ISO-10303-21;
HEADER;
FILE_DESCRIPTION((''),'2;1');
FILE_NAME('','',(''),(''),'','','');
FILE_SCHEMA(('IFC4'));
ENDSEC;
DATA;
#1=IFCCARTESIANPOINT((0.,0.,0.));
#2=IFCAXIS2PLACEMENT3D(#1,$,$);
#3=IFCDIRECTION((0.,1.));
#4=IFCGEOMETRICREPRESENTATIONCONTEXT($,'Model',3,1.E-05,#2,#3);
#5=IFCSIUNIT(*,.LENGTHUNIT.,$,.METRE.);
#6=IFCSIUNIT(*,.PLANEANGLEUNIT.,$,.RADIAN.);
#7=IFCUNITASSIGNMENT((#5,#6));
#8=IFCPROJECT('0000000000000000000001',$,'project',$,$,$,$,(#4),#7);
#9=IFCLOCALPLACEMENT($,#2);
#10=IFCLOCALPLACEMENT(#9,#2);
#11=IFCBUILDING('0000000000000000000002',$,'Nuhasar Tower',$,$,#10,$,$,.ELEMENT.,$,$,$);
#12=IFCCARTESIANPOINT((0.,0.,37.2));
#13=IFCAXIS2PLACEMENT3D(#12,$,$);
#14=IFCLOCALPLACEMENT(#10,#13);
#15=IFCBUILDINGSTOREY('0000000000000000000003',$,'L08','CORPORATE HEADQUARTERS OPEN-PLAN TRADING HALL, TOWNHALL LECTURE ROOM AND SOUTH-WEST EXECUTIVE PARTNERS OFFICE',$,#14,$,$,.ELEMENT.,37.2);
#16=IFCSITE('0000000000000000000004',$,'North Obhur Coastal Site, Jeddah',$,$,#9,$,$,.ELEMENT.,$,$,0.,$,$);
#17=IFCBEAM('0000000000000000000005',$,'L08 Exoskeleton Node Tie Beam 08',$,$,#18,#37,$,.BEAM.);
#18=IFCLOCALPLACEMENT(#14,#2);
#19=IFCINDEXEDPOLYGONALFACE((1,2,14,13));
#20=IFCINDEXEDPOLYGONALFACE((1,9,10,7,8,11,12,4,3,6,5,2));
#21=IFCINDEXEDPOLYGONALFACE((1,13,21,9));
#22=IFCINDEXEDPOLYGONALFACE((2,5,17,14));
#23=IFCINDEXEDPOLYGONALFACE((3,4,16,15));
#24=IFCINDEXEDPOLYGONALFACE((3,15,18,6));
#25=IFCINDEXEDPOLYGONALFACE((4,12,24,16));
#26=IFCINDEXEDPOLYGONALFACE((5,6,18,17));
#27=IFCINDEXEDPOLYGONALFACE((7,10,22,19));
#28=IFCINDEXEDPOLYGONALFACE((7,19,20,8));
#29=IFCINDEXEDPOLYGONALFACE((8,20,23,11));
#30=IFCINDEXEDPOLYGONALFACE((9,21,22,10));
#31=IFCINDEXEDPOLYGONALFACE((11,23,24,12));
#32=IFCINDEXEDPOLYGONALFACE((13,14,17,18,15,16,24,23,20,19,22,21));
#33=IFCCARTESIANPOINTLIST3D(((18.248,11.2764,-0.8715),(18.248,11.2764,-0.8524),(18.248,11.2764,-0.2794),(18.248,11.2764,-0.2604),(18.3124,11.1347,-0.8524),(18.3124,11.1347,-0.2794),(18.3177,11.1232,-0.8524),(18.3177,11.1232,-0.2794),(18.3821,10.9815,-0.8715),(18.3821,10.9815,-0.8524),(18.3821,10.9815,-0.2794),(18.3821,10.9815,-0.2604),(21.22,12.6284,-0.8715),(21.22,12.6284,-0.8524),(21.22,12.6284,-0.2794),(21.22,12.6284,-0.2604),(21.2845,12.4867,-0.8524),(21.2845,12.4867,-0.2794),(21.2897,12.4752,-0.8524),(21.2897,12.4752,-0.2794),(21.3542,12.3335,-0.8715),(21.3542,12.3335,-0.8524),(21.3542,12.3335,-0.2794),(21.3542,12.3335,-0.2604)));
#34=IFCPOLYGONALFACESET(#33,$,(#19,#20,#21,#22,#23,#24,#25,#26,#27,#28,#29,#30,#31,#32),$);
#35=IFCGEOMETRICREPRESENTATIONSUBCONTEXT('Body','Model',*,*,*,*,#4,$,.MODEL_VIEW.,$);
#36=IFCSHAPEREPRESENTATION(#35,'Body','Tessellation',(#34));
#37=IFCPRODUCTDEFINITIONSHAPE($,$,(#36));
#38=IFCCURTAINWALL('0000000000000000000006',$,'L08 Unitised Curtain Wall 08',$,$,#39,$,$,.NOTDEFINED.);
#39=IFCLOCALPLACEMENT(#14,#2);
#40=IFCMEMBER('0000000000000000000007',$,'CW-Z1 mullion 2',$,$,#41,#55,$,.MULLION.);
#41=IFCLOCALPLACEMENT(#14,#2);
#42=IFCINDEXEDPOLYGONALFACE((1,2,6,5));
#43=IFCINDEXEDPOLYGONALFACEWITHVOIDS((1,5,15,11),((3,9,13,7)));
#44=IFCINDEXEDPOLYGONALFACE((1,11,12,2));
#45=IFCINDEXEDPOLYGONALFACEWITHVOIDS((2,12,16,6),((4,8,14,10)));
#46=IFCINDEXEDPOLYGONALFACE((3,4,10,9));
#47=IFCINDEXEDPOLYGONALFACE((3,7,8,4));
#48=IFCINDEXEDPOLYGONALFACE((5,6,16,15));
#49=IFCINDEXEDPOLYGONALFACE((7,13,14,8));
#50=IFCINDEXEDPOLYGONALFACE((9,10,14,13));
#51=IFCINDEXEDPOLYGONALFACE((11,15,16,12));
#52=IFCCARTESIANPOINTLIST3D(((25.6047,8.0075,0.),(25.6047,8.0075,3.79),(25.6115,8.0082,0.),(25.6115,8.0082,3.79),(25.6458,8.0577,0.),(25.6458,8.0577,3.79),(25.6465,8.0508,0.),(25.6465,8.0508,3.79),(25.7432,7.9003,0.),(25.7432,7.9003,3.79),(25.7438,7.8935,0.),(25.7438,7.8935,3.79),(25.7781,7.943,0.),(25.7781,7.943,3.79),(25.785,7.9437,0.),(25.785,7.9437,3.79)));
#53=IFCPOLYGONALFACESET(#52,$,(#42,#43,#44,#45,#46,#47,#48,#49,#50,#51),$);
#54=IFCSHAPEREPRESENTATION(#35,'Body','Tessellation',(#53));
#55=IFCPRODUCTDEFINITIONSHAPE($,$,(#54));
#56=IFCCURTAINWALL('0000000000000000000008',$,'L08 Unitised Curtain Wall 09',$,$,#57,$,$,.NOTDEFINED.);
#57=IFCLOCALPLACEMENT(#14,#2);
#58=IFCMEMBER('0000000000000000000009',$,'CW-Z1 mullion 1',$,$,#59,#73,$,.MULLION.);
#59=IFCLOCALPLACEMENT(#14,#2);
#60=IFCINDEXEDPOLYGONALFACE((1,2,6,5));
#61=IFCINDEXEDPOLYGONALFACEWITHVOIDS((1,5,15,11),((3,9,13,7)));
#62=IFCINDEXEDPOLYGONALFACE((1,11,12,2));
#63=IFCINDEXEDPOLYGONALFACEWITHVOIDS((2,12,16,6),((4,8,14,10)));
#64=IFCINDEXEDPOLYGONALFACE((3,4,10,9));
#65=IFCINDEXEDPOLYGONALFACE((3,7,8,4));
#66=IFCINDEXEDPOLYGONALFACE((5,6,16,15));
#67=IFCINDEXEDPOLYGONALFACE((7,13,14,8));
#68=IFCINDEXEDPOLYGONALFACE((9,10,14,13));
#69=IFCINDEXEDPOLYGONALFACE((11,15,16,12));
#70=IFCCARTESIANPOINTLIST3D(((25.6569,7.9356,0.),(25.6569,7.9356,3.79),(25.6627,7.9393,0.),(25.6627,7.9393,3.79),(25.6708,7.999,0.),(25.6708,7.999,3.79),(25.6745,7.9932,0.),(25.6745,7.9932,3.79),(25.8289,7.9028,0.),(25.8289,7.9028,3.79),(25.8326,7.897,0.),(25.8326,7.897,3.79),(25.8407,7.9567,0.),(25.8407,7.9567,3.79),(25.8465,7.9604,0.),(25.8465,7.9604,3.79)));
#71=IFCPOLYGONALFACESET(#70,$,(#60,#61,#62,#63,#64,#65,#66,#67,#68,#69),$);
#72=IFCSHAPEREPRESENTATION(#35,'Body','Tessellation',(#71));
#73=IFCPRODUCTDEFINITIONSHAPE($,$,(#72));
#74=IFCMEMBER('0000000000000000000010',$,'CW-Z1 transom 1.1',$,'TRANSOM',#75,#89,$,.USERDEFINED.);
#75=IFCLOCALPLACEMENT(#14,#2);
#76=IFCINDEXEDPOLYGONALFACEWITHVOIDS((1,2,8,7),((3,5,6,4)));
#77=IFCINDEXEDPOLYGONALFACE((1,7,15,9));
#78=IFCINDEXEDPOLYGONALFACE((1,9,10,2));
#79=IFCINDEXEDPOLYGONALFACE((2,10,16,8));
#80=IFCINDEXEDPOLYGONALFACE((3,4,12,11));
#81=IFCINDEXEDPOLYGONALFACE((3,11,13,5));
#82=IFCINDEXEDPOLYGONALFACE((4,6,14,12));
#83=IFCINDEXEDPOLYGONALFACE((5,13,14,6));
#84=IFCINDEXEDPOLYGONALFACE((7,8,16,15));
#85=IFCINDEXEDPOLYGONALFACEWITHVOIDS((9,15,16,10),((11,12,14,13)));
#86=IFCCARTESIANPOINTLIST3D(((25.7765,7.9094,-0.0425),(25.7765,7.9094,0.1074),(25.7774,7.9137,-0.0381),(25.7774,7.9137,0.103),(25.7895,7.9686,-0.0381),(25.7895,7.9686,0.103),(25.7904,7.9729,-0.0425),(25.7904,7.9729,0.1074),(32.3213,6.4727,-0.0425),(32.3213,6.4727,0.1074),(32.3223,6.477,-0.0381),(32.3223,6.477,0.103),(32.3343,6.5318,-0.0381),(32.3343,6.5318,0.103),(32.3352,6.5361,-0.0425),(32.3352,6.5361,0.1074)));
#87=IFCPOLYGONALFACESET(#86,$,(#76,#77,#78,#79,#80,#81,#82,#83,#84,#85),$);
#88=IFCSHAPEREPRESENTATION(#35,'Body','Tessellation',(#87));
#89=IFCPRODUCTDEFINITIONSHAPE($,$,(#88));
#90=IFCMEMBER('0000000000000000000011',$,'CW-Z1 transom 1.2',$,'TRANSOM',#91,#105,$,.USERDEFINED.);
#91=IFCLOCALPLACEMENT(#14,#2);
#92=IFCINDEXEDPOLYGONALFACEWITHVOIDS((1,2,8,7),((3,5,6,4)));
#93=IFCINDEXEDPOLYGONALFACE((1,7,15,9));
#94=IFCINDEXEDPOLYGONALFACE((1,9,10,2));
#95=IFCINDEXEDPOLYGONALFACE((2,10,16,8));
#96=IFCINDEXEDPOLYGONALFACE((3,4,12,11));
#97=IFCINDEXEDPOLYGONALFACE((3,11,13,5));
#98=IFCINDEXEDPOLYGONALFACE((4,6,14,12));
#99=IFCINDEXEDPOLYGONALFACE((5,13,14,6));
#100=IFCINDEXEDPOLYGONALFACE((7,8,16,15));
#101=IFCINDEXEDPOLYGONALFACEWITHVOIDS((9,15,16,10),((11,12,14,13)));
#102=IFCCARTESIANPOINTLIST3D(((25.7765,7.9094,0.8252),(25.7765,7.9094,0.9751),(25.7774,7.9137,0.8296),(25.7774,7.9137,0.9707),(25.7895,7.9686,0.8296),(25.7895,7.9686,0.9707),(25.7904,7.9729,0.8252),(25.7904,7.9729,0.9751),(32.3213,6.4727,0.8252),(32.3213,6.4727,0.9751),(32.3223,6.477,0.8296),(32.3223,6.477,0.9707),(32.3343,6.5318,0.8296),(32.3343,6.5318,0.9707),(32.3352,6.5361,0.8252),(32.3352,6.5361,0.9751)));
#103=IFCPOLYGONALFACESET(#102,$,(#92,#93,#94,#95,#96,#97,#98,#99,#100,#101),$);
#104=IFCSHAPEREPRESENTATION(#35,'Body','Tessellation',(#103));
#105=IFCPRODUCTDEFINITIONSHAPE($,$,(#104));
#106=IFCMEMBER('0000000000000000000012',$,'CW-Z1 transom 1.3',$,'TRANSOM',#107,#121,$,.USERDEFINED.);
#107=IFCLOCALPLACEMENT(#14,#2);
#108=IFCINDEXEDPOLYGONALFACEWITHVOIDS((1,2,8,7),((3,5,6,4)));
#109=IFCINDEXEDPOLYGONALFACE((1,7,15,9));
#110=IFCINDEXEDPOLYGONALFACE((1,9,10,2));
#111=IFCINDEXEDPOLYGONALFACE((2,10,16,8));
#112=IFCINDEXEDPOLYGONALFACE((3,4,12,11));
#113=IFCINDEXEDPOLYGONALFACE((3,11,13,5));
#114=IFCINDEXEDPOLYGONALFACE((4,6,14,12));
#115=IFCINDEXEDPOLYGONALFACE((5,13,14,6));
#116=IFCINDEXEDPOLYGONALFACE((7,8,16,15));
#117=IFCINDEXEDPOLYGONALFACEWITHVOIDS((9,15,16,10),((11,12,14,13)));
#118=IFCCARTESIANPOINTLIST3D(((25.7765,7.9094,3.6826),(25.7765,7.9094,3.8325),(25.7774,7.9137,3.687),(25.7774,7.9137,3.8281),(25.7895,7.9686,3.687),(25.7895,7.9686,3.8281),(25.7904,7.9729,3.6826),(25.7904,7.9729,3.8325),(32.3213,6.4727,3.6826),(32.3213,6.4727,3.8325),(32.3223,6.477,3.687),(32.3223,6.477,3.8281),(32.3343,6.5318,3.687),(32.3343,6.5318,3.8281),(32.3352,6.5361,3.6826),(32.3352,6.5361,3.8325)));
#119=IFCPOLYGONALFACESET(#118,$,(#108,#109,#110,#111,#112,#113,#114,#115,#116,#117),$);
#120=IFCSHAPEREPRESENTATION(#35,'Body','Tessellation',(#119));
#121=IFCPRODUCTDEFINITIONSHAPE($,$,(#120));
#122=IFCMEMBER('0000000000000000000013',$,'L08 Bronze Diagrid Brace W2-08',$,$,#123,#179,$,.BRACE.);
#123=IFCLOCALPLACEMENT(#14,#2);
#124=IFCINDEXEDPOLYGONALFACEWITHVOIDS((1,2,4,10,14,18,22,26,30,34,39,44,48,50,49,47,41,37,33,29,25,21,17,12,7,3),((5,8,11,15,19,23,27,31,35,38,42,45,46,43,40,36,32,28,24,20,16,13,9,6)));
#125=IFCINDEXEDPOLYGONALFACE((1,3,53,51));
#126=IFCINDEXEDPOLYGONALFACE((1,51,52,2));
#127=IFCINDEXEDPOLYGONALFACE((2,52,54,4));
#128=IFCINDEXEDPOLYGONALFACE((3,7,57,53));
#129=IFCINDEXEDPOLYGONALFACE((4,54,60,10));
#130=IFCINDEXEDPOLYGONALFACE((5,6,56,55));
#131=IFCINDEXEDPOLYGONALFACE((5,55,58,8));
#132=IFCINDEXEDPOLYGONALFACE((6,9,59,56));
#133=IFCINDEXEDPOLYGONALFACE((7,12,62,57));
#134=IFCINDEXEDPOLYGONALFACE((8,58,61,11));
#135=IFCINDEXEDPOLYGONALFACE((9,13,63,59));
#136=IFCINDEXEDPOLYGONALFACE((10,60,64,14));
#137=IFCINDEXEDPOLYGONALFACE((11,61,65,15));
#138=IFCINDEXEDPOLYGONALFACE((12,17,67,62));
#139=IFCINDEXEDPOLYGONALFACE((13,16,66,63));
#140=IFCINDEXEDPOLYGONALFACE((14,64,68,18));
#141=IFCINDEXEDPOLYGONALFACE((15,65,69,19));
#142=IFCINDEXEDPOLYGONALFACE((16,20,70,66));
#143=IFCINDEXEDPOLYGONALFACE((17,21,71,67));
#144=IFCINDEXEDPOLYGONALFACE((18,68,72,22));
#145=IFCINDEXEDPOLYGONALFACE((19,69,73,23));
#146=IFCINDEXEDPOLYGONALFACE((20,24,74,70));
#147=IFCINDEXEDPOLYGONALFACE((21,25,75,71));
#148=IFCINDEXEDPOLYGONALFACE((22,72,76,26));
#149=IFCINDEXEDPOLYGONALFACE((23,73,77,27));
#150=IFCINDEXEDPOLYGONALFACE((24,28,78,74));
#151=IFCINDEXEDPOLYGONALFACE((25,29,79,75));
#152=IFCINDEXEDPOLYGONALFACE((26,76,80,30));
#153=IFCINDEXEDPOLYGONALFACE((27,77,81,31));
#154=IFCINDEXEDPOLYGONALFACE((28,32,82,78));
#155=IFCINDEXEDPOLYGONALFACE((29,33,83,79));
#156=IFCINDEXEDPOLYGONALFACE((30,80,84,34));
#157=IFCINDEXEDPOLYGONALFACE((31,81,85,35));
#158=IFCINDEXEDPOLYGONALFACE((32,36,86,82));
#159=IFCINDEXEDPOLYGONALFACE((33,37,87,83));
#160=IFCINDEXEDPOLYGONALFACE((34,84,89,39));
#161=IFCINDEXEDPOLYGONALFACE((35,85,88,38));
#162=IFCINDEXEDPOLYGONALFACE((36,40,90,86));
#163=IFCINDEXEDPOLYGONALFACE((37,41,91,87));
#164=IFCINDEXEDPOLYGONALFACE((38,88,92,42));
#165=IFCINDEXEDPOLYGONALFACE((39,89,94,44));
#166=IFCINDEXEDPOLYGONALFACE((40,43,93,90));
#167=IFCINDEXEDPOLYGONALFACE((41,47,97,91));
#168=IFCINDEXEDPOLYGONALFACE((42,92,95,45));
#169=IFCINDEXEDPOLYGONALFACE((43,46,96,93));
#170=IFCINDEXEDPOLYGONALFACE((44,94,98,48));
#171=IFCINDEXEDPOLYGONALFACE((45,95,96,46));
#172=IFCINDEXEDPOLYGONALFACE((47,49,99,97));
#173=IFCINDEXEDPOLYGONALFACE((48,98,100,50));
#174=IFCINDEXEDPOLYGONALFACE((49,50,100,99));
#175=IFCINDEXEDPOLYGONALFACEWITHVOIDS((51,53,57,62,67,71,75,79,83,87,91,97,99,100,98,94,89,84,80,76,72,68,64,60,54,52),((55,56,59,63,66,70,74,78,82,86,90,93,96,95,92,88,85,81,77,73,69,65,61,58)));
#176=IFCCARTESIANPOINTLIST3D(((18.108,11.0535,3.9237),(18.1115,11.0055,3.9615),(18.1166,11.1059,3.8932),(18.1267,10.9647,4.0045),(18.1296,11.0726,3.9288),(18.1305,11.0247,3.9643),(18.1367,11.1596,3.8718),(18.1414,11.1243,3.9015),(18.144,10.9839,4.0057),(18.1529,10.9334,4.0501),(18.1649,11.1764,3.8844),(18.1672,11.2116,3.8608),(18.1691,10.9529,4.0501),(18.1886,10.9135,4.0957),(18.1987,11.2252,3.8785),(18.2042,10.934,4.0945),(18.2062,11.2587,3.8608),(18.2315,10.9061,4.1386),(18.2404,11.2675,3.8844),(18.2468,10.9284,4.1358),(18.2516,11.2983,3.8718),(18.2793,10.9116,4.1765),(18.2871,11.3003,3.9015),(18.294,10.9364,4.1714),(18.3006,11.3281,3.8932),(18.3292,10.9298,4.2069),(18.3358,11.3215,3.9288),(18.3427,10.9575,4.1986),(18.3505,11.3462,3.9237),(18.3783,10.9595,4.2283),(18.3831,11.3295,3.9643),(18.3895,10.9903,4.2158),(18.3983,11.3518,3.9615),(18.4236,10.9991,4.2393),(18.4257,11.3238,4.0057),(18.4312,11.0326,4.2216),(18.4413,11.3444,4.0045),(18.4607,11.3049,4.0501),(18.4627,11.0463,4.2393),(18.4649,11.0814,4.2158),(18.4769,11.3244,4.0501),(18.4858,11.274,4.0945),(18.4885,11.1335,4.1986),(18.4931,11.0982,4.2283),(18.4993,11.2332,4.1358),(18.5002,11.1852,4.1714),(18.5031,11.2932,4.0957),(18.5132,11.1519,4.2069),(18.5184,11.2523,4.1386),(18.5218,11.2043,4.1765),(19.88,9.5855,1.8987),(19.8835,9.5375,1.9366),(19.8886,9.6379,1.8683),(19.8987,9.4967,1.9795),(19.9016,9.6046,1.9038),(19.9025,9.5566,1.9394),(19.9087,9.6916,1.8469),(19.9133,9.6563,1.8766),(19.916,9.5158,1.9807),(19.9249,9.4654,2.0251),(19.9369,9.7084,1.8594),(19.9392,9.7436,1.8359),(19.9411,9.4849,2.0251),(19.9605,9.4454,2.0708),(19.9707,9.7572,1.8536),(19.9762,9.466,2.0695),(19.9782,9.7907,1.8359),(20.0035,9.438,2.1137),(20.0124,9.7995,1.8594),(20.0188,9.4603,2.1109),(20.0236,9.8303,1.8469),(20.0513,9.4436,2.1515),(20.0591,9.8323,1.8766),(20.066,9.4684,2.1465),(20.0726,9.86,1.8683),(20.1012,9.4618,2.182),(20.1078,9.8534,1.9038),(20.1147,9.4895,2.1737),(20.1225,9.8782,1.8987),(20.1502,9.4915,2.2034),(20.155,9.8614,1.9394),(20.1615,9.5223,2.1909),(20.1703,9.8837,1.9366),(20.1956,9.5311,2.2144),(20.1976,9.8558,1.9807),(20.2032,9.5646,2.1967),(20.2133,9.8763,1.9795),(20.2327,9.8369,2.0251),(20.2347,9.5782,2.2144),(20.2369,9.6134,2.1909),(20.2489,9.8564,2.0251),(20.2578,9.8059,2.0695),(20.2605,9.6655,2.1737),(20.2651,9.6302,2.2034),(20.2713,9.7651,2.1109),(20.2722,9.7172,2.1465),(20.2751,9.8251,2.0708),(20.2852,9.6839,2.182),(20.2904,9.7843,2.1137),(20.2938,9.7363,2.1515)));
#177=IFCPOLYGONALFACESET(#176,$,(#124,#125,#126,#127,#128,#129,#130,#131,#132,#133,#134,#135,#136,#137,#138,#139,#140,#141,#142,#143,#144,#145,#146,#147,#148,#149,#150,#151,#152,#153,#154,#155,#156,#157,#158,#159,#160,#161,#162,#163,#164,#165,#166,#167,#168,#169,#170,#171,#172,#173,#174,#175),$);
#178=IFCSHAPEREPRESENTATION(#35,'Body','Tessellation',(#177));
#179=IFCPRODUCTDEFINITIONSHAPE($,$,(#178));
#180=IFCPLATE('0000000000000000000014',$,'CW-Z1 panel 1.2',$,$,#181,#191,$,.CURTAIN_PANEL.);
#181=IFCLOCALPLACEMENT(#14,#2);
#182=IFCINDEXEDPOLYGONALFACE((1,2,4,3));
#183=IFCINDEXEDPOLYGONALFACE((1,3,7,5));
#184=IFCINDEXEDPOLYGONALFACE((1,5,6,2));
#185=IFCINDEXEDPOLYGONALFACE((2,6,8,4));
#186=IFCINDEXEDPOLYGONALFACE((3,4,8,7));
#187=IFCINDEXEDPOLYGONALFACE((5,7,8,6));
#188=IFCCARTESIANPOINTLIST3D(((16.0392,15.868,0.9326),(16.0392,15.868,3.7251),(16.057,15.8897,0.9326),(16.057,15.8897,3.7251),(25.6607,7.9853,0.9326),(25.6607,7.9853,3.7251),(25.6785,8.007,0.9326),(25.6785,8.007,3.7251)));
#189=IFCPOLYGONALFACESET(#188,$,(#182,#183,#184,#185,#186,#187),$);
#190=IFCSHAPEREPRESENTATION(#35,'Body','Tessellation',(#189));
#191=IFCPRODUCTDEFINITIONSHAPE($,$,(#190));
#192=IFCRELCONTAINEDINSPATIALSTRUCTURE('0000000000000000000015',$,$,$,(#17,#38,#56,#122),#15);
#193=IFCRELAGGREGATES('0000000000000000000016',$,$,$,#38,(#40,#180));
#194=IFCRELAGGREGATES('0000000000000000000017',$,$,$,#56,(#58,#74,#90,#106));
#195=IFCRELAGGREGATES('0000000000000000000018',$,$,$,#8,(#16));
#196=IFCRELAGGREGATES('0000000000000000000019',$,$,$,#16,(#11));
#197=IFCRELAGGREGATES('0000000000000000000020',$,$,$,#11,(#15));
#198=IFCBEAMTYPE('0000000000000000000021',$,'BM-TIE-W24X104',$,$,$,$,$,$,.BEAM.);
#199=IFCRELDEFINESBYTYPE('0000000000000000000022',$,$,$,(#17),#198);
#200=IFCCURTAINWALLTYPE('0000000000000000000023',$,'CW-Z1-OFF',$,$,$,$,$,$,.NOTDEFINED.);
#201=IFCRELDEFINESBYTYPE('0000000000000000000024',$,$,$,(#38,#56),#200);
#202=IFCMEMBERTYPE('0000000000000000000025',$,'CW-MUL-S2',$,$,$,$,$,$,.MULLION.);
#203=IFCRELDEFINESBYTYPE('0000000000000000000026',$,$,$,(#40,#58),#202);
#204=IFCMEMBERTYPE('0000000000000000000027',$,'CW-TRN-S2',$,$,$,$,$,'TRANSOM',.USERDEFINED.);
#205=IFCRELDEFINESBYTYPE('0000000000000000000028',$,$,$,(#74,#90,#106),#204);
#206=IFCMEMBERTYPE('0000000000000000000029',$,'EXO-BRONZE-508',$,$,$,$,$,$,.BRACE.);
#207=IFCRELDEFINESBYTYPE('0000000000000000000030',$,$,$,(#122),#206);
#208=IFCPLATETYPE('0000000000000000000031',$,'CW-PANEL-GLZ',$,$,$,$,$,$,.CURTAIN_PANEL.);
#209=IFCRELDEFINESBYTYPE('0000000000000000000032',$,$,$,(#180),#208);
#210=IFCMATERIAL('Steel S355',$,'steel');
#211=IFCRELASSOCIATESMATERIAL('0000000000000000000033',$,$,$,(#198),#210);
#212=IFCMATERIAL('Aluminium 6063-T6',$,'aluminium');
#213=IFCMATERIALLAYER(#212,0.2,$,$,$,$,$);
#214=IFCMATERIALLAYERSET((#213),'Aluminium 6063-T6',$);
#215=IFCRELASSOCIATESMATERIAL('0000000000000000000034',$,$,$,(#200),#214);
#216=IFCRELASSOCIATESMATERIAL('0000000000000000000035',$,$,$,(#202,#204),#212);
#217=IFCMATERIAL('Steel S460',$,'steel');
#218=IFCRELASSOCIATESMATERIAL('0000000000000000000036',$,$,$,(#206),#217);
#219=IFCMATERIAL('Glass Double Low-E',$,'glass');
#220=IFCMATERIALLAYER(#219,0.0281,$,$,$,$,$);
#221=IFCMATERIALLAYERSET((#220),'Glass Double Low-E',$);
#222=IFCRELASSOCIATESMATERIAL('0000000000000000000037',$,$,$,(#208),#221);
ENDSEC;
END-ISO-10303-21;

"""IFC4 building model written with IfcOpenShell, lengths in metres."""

from ifc_helpers import new_model, si_unit, direction, frame, origin, origin_2d, place, context, subcontext, project, spatial, rectangle, hollow_rectangle, hollow_circle, i_section, extrude, material, layer, layer_set, material_profile, profile_set, type_object, element, aggregate, save


model = new_model("IFC4")

# Units and contexts
model_context = context("Model", 3, precision=1e-05, world=origin(), true_north=direction((0.0, 1.0)))
body_context = subcontext(model_context, "Body", "Model", "MODEL_VIEW")
ifc_project = project(units=[si_unit("LENGTHUNIT", "METRE"), si_unit("PLANEANGLEUNIT", "RADIAN")], contexts=[model_context])

# Site, building, storey
site_placement = place(None, origin())
site = spatial("IfcSite", under=ifc_project, at=site_placement, Name="North Obhur Coastal Site, Jeddah", CompositionType="ELEMENT", RefElevation=0.0)
building_placement = place(site_placement, origin())
building = spatial("IfcBuilding", under=site, at=building_placement, Name="Nuhasar Tower", CompositionType="ELEMENT")
storey_placement = place(building_placement, frame((0.0, 0.0, 37.2)))
storey = spatial("IfcBuildingStorey", under=building, at=storey_placement, Name="L08", Description="CORPORATE HEADQUARTERS OPEN-PLAN TRADING HALL, TOWNHALL LECTURE ROOM AND SOUTH-WEST EXECUTIVE PARTNERS OFFICE", CompositionType="ELEMENT", Elevation=37.2)

# Beam
ifc_material_1 = material(Name="Steel S355", Category="steel")
ifc_material_profile_1 = material_profile(ifc_material_1, i_section(OverallWidth=0.324, OverallDepth=0.6111, WebThickness=0.0127, FlangeThickness=0.019, at=origin_2d()), Name="W24X104")
ifc_profile_set_1 = profile_set([ifc_material_profile_1], Name="Steel S355")
beam_type_1 = type_object("IfcBeamType", Name="BM-TIE-W24X104", PredefinedType="BEAM", material=ifc_profile_set_1)
beam_1_placement = place(storey_placement, frame((21.2871, 12.481, -0.5659), z_axis=(-0.910244, -0.414073, 0.0), x_axis=(0.414073, -0.910244, 0.0)))
element("IfcBeam", 1, at=beam_1_placement, inside=storey, type_object=beam_type_1, Name="L08 Exoskeleton Node Tie Beam 08", PredefinedType="BEAM", context=body_context, shape_type="SweptSolid", body=[
    extrude(i_section(OverallWidth=0.324, OverallDepth=0.6111, WebThickness=0.0127, FlangeThickness=0.019, at=origin_2d()), origin(), (0.0, 0.0, 1.0), 3.2651),
])

# Curtain wall, member
ifc_material_2 = material(Name="Aluminium 6063-T6", Category="aluminium")
ifc_layer_1 = layer(ifc_material_2, 0.2)
ifc_layer_set_1 = layer_set([ifc_layer_1], Name="Aluminium 6063-T6")
curtain_wall_type = type_object("IfcCurtainWallType", Name="CW-Z1-OFF", PredefinedType="NOTDEFINED", material=ifc_layer_set_1)
curtain_wall_1_placement = place(storey_placement, origin())
curtain_wall_1 = element("IfcCurtainWall", 2, at=curtain_wall_1_placement, inside=storey, type_object=curtain_wall_type, Name="L08 Unitised Curtain Wall 08", PredefinedType="NOTDEFINED")
ifc_material_profile_2 = material_profile(ifc_material_2, hollow_rectangle(XDim=0.0649, YDim=0.1799, WallThickness=0.0049, at=origin_2d()), Name="CWM-2")
ifc_profile_set_2 = profile_set([ifc_material_profile_2], Name="Aluminium 6063-T6")
member_type_1 = type_object("IfcMemberType", Name="CW-MUL-S2", PredefinedType="MULLION", material=ifc_profile_set_2)
member_1_placement = place(storey_placement, frame((25.6948, 7.9756, 0.0), z_axis=(0.0, 0.0, 1.0), x_axis=(0.633745, 0.773542, 0.0)))
member_1 = element("IfcMember", 3, at=member_1_placement, type_object=member_type_1, Name="CW-Z1 mullion 2", PredefinedType="MULLION", context=body_context, shape_type="SweptSolid", body=[
    extrude(hollow_rectangle(XDim=0.0649, YDim=0.1799, WallThickness=0.0049, at=origin_2d()), origin(), (0.0, 0.0, 1.0), 3.79),
])

# Curtain wall, members
curtain_wall_2_placement = place(storey_placement, origin())
curtain_wall_2 = element("IfcCurtainWall", 4, at=curtain_wall_2_placement, inside=storey, type_object=curtain_wall_type, Name="L08 Unitised Curtain Wall 09", PredefinedType="NOTDEFINED")
member_2_placement = place(storey_placement, frame((25.7517, 7.948, 0.0), z_axis=(0.0, 0.0, 1.0), x_axis=(0.214399, 0.976746, 0.0)))
member_2 = element("IfcMember", 5, at=member_2_placement, type_object=member_type_1, Name="CW-Z1 mullion 1", PredefinedType="MULLION", context=body_context, shape_type="SweptSolid", body=[
    extrude(hollow_rectangle(XDim=0.0649, YDim=0.1799, WallThickness=0.0049, at=origin_2d()), origin(), (0.0, 0.0, 1.0), 3.79),
])
ifc_material_profile_3 = material_profile(ifc_material_2, hollow_rectangle(XDim=0.0649, YDim=0.1499, WallThickness=0.0044, at=origin_2d()), Name="CWT-2")
ifc_profile_set_3 = profile_set([ifc_material_profile_3], Name="Aluminium 6063-T6")
member_type_2 = type_object("IfcMemberType", Name="CW-TRN-S2", ElementType="TRANSOM", PredefinedType="USERDEFINED", material=ifc_profile_set_3)
member_3_placement = place(storey_placement, frame((25.7834, 7.9412, 0.0325), z_axis=(0.976742, -0.214418, 0.0), x_axis=(0.214418, 0.976742, 0.0)))
member_3 = element("IfcMember", 6, at=member_3_placement, type_object=member_type_2, Name="CW-Z1 transom 1.1", ObjectType="TRANSOM", PredefinedType="USERDEFINED", context=body_context, shape_type="SweptSolid", body=[
    extrude(hollow_rectangle(XDim=0.0649, YDim=0.1499, WallThickness=0.0044, at=origin_2d()), origin(), (0.0, 0.0, 1.0), 6.7007),
])
member_4_placement = place(storey_placement, frame((25.7834, 7.9412, 0.9001), z_axis=(0.976742, -0.214418, 0.0), x_axis=(0.214418, 0.976742, 0.0)))
member_4 = element("IfcMember", 7, at=member_4_placement, type_object=member_type_2, Name="CW-Z1 transom 1.2", ObjectType="TRANSOM", PredefinedType="USERDEFINED", context=body_context, shape_type="SweptSolid", body=[
    extrude(hollow_rectangle(XDim=0.0649, YDim=0.1499, WallThickness=0.0044, at=origin_2d()), origin(), (0.0, 0.0, 1.0), 6.7007),
])
member_5_placement = place(storey_placement, frame((25.7834, 7.9412, 3.7576), z_axis=(0.976742, -0.214418, 0.0), x_axis=(0.214418, 0.976742, 0.0)))
member_5 = element("IfcMember", 8, at=member_5_placement, type_object=member_type_2, Name="CW-Z1 transom 1.3", ObjectType="TRANSOM", PredefinedType="USERDEFINED", context=body_context, shape_type="SweptSolid", body=[
    extrude(hollow_rectangle(XDim=0.0649, YDim=0.1499, WallThickness=0.0044, at=origin_2d()), origin(), (0.0, 0.0, 1.0), 6.7007),
])

# Member
ifc_material_3 = material(Name="Steel S460", Category="steel")
ifc_material_profile_4 = material_profile(ifc_material_3, hollow_circle(Radius=0.2539, WallThickness=0.0254, at=origin_2d()), Name="HSS508X25.4")
ifc_profile_set_4 = profile_set([ifc_material_profile_4], Name="Steel S460")
member_type_3 = type_object("IfcMemberType", Name="EXO-BRONZE-508", PredefinedType="BRACE", material=ifc_profile_set_4)
member_6_placement = place(storey_placement, frame((20.0869, 9.6609, 2.0251), z_axis=(-0.578102, 0.478937, 0.660619), x_axis=(-0.637969, -0.770062, 0.0)))
element("IfcMember", 9, at=member_6_placement, inside=storey, type_object=member_type_3, Name="L08 Bronze Diagrid Brace W2-08", PredefinedType="BRACE", context=body_context, shape_type="SweptSolid", body=[
    extrude(hollow_circle(Radius=0.2539, WallThickness=0.0254, at=origin_2d()), origin(), (0.0, 0.0, 1.0), 3.0652),
])

# Plate
ifc_material_4 = material(Name="Glass Double Low-E", Category="glass")
ifc_layer_2 = layer(ifc_material_4, 0.0281)
ifc_layer_set_2 = layer_set([ifc_layer_2], Name="Glass Double Low-E")
plate_type_1 = type_object("IfcPlateType", Name="CW-PANEL-GLZ", PredefinedType="CURTAIN_PANEL", material=ifc_layer_set_2)
plate_1_placement = place(storey_placement, frame((20.8589, 11.9375, 0.9326), z_axis=(0.0, 0.0, 1.0), x_axis=(0.773542, -0.633745, 0.0)))
plate_1 = element("IfcPlate", 10, at=plate_1_placement, type_object=plate_type_1, Name="CW-Z1 panel 1.2", PredefinedType="CURTAIN_PANEL", context=body_context, shape_type="SweptSolid", body=[
    extrude(rectangle(XDim=12.4382, YDim=0.0281, at=origin_2d()), origin(), (0.0, 0.0, 1.0), 2.7925),
])
aggregate(curtain_wall_1, [member_1, plate_1])
aggregate(curtain_wall_2, [member_2, member_3, member_4, member_5])

save(model, "model.ifc")
